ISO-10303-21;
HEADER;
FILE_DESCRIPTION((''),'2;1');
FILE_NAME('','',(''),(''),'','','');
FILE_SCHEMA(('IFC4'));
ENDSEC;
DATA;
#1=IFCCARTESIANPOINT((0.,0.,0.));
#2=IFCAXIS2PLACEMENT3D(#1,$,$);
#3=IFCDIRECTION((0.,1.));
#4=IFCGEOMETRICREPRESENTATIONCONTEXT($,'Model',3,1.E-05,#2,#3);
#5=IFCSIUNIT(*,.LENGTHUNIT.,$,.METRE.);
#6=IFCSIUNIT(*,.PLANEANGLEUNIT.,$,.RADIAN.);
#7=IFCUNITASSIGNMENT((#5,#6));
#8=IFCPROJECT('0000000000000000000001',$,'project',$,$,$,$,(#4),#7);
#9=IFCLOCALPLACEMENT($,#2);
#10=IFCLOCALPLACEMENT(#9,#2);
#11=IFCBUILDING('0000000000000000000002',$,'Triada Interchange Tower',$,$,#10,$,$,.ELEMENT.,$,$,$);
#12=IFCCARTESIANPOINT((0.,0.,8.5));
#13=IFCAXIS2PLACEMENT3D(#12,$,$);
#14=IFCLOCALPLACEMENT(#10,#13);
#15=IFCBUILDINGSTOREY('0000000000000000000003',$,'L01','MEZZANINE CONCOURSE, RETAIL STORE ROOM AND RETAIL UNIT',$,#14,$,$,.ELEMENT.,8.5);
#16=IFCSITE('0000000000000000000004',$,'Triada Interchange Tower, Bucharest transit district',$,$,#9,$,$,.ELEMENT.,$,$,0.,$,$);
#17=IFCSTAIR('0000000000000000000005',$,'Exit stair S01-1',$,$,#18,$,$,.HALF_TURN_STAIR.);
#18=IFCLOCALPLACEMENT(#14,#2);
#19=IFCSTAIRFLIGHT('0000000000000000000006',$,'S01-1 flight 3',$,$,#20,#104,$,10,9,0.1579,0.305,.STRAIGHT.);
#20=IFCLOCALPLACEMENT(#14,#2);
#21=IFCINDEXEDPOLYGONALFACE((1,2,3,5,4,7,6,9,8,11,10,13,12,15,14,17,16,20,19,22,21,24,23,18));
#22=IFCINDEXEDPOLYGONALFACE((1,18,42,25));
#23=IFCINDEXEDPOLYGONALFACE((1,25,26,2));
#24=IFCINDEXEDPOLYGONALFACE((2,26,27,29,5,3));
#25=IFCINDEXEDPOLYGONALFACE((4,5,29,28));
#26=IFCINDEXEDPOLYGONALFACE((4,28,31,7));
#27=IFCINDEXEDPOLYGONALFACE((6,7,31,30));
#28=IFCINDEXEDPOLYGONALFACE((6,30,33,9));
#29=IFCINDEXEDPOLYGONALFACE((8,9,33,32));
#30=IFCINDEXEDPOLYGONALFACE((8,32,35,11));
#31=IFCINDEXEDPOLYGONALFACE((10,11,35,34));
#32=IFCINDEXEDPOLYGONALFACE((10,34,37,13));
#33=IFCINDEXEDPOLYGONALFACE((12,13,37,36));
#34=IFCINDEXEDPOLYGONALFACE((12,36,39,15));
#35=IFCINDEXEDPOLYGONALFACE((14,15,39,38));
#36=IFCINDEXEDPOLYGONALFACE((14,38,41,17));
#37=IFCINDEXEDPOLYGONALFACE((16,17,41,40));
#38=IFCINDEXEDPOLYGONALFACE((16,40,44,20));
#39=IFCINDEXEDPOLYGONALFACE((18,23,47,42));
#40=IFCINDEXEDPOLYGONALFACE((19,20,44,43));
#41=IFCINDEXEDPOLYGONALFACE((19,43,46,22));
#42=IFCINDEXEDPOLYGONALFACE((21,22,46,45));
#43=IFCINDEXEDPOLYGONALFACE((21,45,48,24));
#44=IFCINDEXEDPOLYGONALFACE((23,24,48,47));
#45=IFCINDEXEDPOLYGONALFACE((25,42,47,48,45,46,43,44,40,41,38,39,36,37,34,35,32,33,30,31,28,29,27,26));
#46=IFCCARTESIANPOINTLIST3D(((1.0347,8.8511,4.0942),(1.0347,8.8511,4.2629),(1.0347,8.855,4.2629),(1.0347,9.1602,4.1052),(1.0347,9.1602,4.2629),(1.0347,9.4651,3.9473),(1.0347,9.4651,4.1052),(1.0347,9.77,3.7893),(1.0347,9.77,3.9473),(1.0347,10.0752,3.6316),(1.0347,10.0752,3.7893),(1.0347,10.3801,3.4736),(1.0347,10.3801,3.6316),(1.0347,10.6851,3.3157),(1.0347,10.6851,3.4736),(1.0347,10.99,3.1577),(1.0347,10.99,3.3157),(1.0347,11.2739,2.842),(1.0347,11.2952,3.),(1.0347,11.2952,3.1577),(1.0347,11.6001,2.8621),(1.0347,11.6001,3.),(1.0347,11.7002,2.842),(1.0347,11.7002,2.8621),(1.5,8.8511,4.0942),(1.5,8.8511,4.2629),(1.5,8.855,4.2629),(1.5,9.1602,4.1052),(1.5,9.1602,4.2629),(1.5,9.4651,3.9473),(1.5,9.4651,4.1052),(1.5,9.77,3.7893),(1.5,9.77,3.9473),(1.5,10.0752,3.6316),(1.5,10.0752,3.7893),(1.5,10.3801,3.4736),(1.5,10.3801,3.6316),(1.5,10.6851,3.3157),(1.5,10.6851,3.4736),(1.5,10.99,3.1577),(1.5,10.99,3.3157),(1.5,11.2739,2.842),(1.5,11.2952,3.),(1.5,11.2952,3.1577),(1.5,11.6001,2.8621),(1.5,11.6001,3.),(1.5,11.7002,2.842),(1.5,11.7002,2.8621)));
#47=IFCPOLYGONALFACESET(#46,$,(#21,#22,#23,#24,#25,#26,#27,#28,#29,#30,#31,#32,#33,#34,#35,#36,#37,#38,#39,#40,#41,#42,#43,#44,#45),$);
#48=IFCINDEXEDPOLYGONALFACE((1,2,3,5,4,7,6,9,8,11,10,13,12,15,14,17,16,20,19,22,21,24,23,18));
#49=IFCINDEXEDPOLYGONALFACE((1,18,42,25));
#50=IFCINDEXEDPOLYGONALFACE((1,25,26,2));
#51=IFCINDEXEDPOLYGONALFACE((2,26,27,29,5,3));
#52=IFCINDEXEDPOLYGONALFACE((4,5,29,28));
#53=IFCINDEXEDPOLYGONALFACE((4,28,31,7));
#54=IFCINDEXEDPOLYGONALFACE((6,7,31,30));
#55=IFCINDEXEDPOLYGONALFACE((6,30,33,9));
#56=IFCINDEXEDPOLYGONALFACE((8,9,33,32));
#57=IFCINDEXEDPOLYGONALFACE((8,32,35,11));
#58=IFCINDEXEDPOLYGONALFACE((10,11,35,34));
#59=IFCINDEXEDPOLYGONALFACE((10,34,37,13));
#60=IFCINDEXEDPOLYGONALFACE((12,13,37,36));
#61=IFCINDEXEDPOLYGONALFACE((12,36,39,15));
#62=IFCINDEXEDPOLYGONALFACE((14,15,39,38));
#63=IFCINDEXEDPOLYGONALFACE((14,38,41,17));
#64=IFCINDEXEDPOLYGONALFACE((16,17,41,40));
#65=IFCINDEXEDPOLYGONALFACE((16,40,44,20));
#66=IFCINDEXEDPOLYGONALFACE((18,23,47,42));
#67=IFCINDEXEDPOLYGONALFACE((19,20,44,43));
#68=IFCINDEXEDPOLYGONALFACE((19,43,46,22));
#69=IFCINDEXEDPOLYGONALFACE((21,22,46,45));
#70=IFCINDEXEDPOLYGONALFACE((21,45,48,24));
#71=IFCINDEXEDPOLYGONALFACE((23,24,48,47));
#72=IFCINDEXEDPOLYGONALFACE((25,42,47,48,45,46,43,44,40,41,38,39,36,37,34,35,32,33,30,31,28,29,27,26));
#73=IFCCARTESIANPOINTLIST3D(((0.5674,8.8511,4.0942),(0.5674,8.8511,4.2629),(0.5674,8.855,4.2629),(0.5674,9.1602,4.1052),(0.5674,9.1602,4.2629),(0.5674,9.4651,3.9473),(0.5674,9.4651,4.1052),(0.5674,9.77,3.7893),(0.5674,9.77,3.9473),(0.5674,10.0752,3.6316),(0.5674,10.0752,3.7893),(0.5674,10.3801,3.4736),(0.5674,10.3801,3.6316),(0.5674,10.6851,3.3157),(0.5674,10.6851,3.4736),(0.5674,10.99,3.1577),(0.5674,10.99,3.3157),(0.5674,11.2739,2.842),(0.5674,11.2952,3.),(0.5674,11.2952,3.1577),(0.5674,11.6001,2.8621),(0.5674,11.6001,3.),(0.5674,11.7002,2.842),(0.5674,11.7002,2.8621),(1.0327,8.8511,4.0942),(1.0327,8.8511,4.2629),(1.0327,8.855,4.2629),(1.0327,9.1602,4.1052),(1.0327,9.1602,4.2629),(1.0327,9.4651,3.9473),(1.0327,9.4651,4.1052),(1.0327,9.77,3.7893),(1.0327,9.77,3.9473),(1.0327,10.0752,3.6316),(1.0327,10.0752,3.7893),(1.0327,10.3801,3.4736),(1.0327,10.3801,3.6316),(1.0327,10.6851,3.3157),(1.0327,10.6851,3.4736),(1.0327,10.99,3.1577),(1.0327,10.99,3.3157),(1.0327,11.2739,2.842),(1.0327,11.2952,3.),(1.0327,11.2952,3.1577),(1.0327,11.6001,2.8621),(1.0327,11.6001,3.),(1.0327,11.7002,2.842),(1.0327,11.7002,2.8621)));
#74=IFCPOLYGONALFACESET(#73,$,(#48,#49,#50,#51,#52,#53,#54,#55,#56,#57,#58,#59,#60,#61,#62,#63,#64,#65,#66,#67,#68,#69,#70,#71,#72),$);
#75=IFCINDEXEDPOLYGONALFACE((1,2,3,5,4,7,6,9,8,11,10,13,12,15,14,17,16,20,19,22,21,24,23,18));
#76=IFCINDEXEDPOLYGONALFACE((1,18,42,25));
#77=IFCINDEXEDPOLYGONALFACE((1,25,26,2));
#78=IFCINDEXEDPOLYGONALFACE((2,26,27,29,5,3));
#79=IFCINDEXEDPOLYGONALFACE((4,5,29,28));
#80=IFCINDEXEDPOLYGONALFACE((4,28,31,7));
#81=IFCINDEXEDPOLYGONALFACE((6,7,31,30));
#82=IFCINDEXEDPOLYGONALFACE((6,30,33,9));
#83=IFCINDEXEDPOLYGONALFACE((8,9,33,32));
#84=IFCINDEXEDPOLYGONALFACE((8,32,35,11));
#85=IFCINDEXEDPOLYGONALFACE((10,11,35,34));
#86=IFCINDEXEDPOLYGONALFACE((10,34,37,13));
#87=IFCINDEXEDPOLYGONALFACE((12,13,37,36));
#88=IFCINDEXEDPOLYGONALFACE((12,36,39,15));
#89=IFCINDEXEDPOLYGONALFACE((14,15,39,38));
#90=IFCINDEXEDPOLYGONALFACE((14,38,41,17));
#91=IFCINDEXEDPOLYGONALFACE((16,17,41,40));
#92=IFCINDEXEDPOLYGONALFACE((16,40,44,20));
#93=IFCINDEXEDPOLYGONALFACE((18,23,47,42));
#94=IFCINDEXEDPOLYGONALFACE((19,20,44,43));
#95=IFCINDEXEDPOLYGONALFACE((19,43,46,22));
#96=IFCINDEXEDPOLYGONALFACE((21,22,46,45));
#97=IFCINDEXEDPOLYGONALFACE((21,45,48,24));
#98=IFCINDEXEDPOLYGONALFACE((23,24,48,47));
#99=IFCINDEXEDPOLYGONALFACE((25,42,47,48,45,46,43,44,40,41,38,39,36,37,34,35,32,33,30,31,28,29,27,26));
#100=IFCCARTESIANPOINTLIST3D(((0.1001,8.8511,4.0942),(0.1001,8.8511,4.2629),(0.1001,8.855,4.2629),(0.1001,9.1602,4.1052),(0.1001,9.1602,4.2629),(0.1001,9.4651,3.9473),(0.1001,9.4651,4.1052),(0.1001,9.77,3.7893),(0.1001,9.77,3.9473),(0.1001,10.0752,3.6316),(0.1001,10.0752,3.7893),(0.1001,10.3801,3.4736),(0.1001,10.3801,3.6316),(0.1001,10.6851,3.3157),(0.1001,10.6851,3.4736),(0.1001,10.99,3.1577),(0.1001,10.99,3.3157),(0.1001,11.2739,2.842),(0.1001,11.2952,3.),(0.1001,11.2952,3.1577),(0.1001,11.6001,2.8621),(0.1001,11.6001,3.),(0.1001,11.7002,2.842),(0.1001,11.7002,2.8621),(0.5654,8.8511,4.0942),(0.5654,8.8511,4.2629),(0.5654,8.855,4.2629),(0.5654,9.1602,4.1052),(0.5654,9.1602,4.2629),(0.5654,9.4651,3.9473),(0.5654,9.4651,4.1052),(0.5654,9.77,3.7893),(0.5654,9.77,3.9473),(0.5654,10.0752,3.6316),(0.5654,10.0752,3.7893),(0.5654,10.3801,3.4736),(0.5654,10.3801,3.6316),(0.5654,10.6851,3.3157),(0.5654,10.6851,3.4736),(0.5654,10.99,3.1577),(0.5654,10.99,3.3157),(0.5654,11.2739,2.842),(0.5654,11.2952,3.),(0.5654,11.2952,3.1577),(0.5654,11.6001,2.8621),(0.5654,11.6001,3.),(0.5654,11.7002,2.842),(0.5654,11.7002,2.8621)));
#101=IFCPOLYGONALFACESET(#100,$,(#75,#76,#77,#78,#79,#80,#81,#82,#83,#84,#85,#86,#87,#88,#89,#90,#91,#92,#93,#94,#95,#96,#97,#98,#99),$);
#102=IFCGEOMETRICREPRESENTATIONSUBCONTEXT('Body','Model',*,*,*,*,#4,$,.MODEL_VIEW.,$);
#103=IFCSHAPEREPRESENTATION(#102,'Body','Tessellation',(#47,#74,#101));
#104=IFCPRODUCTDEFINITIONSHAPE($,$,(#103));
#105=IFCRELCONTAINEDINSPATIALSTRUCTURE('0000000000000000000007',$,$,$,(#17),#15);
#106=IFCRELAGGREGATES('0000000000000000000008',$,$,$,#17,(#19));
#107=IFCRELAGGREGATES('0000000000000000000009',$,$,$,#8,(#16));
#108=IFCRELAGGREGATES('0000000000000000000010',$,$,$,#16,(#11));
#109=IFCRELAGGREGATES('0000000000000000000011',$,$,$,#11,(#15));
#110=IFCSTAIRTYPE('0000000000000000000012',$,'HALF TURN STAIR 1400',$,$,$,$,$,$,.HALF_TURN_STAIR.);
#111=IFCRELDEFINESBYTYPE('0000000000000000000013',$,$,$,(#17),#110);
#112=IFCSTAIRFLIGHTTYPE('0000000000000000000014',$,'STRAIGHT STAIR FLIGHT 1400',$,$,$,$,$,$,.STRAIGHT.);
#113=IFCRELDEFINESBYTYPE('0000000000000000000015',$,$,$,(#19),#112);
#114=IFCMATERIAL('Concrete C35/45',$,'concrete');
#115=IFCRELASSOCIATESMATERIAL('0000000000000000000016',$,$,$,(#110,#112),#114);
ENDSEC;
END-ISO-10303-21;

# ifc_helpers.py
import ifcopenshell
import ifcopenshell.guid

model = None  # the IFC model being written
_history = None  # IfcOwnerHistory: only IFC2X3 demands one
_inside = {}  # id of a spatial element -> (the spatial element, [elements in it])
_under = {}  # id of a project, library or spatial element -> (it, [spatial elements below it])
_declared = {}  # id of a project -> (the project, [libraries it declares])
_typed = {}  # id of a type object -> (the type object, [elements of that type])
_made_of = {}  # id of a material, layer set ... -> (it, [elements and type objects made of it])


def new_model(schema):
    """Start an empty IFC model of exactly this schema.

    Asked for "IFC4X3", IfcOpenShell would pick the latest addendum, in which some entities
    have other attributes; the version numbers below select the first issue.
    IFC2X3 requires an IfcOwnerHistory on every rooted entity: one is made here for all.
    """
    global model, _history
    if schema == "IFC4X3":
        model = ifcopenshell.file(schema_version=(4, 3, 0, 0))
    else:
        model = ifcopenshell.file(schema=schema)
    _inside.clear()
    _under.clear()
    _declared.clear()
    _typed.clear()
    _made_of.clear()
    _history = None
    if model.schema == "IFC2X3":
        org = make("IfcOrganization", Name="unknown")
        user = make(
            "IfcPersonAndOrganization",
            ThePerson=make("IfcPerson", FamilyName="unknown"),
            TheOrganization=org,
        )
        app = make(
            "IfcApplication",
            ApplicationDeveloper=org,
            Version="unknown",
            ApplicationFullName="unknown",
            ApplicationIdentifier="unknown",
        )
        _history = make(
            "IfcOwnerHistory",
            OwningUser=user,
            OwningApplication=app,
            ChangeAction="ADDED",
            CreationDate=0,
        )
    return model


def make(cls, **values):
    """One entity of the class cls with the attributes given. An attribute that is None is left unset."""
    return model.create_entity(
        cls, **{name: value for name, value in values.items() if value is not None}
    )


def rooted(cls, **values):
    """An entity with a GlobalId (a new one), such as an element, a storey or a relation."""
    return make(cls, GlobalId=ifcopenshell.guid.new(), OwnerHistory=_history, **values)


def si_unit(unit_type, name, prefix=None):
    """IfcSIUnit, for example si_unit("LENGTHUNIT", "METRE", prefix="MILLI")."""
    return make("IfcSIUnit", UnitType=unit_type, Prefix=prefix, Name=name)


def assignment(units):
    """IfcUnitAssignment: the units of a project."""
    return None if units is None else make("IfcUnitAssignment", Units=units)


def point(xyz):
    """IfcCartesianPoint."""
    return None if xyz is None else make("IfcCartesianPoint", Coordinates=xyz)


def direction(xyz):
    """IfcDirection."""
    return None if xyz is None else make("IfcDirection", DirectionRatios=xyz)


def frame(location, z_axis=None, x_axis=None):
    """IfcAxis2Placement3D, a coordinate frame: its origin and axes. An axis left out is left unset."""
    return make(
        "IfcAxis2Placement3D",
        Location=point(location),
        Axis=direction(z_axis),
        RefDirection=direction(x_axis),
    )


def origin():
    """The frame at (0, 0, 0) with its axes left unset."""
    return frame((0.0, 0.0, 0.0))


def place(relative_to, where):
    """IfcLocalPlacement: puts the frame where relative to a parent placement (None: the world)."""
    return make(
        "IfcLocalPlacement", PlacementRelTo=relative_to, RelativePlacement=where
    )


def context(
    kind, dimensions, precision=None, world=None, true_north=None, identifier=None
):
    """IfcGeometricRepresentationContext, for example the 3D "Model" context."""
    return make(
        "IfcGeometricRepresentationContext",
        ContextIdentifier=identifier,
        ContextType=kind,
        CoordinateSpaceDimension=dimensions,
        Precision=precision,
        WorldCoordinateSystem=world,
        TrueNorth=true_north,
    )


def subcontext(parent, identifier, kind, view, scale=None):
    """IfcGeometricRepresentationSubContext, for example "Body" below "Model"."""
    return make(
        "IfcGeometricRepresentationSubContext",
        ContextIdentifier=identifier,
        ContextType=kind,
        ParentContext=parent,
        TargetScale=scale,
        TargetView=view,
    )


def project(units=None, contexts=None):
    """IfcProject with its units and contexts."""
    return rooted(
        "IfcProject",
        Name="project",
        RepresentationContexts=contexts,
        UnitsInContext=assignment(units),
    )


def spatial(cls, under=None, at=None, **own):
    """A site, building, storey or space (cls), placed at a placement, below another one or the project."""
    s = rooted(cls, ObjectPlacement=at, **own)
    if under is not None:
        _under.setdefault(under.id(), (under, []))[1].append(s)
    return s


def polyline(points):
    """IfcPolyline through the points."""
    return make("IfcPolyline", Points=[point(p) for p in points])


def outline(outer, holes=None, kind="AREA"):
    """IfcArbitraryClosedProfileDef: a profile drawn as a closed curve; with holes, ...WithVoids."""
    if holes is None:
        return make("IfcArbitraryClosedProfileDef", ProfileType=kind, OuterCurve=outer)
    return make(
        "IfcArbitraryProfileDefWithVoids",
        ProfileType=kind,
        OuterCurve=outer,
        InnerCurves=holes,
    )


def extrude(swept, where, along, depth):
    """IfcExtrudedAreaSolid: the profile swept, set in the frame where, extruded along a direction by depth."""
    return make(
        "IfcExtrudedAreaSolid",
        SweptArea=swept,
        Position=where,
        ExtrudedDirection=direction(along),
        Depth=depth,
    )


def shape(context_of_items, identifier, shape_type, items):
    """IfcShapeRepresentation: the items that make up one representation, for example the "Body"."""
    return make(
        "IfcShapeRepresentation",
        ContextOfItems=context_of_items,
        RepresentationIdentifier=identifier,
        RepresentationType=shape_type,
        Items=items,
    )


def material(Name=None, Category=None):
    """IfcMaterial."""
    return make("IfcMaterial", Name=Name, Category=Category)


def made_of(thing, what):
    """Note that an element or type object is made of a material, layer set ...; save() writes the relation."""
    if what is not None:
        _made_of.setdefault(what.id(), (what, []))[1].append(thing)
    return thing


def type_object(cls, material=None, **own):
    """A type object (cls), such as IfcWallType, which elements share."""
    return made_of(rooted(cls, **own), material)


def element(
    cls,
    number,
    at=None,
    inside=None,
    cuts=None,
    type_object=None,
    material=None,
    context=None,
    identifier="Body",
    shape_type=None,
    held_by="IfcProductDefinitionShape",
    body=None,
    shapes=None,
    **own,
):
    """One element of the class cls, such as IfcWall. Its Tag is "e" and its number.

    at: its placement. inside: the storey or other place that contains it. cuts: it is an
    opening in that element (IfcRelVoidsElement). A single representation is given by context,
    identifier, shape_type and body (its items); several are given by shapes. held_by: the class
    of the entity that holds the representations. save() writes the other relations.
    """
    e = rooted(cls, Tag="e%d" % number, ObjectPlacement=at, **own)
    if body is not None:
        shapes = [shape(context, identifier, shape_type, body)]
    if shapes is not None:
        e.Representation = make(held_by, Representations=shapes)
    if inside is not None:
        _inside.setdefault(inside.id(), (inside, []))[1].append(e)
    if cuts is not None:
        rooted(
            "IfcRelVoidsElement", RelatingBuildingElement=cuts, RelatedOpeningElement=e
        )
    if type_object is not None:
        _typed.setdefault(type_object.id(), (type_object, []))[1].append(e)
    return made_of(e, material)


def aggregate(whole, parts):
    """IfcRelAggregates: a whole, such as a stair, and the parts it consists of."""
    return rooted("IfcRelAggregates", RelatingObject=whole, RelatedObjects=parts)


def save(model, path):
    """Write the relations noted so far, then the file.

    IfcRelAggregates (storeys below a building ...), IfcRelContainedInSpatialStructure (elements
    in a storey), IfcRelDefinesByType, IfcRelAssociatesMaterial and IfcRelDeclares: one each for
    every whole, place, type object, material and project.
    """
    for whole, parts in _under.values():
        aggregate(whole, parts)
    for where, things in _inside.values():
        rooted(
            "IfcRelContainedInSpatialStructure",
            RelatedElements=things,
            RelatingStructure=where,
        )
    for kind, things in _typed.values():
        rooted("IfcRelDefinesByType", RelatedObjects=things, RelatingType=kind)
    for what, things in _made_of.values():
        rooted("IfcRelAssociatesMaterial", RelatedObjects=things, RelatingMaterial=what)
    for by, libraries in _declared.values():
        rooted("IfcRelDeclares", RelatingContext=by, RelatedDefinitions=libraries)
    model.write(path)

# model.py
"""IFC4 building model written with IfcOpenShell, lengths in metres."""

from ifc_helpers import new_model, si_unit, direction, frame, origin, place, context, subcontext, project, spatial, polyline, outline, extrude, material, type_object, element, aggregate, save


model = new_model("IFC4")

# Units and contexts
model_context = context("Model", 3, precision=1e-05, world=origin(), true_north=direction((0.0, 1.0)))
body_context = subcontext(model_context, "Body", "Model", "MODEL_VIEW")
ifc_project = project(units=[si_unit("LENGTHUNIT", "METRE"), si_unit("PLANEANGLEUNIT", "RADIAN")], contexts=[model_context])

# Site, building, storey
site_placement = place(None, origin())
site = spatial("IfcSite", under=ifc_project, at=site_placement, Name="Triada Interchange Tower, Bucharest transit district", CompositionType="ELEMENT", RefElevation=0.0)
building_placement = place(site_placement, origin())
building = spatial("IfcBuilding", under=site, at=building_placement, Name="Triada Interchange Tower", CompositionType="ELEMENT")
storey_placement = place(building_placement, frame((0.0, 0.0, 8.5)))
storey = spatial("IfcBuildingStorey", under=building, at=storey_placement, Name="L01", Description="MEZZANINE CONCOURSE, RETAIL STORE ROOM AND RETAIL UNIT", CompositionType="ELEMENT", Elevation=8.5)

# Shared definitions
ifc_material_1 = material(Name="Concrete C35/45", Category="concrete")

# Shared definitions
stair_type = type_object("IfcStairType", Name="HALF TURN STAIR 1400", PredefinedType="HALF_TURN_STAIR", material=ifc_material_1)

# Stair, stair flight
stair_1_placement = place(storey_placement, origin())
stair_1 = element("IfcStair", 1, at=stair_1_placement, inside=storey, type_object=stair_type, Name="Exit stair S01-1", PredefinedType="HALF_TURN_STAIR")
stair_flight_type = type_object("IfcStairFlightType", Name="STRAIGHT STAIR FLIGHT 1400", PredefinedType="STRAIGHT", material=ifc_material_1)
stair_flight_1_placement = place(storey_placement, frame((0.8, 11.6001, 2.842), z_axis=(0.0, 0.0, 1.0), x_axis=(0.0, -1.0, 0.0)))
stair_flight_1 = element("IfcStairFlight", 2, at=stair_flight_1_placement, type_object=stair_flight_type, Name="S01-1 flight 3", NumberOfRisers=10, NumberOfTreads=9, PredefinedType="STRAIGHT", RiserHeight=0.1579, TreadLength=0.305, context=body_context, shape_type="SweptSolid", body=[
    extrude(outline(polyline([(-0.1001, 0.0), (-0.1001, 0.02), (0.0, 0.02), (0.0, 0.158), (0.3049, 0.158), (0.3049, 0.3157), (0.6101, 0.3157), (0.6101, 0.4736), (0.915, 0.4736), (0.915, 0.6316), (1.22, 0.6316), (1.22, 0.7896), (1.5249, 0.7896), (1.5249, 0.9473), (1.8301, 0.9473), (1.8301, 1.1052), (2.135, 1.1052), (2.135, 1.2632), (2.4399, 1.2632), (2.4399, 1.4209), (2.7451, 1.4209), (2.749, 1.4209), (2.749, 1.5789), (2.749, 1.2522), (0.3262, 0.0), (-0.1001, 0.0)])), frame((0.0, 0.7, 0.0), z_axis=(0.0, -1.0, 0.0), x_axis=(1.0, 0.0, 0.0)), (0.0, 0.0, 1.0), 0.4653),
    extrude(outline(polyline([(-0.1001, 0.0), (-0.1001, 0.02), (0.0, 0.02), (0.0, 0.158), (0.3049, 0.158), (0.3049, 0.3157), (0.6101, 0.3157), (0.6101, 0.4736), (0.915, 0.4736), (0.915, 0.6316), (1.22, 0.6316), (1.22, 0.7896), (1.5249, 0.7896), (1.5249, 0.9473), (1.8301, 0.9473), (1.8301, 1.1052), (2.135, 1.1052), (2.135, 1.2632), (2.4399, 1.2632), (2.4399, 1.4209), (2.7451, 1.4209), (2.749, 1.4209), (2.749, 1.5789), (2.749, 1.2522), (0.3262, 0.0), (-0.1001, 0.0)])), frame((0.0, 0.2327, 0.0), z_axis=(0.0, -1.0, 0.0), x_axis=(1.0, 0.0, 0.0)), (0.0, 0.0, 1.0), 0.4653),
    extrude(outline(polyline([(-0.1001, 0.0), (-0.1001, 0.02), (0.0, 0.02), (0.0, 0.158), (0.3049, 0.158), (0.3049, 0.3157), (0.6101, 0.3157), (0.6101, 0.4736), (0.915, 0.4736), (0.915, 0.6316), (1.22, 0.6316), (1.22, 0.7896), (1.5249, 0.7896), (1.5249, 0.9473), (1.8301, 0.9473), (1.8301, 1.1052), (2.135, 1.1052), (2.135, 1.2632), (2.4399, 1.2632), (2.4399, 1.4209), (2.7451, 1.4209), (2.749, 1.4209), (2.749, 1.5789), (2.749, 1.2522), (0.3262, 0.0), (-0.1001, 0.0)])), frame((0.0, -0.2346, 0.0), z_axis=(0.0, -1.0, 0.0), x_axis=(1.0, 0.0, 0.0)), (0.0, 0.0, 1.0), 0.4653),
])
aggregate(stair_1, [stair_flight_1])

save(model, "model.ifc")
